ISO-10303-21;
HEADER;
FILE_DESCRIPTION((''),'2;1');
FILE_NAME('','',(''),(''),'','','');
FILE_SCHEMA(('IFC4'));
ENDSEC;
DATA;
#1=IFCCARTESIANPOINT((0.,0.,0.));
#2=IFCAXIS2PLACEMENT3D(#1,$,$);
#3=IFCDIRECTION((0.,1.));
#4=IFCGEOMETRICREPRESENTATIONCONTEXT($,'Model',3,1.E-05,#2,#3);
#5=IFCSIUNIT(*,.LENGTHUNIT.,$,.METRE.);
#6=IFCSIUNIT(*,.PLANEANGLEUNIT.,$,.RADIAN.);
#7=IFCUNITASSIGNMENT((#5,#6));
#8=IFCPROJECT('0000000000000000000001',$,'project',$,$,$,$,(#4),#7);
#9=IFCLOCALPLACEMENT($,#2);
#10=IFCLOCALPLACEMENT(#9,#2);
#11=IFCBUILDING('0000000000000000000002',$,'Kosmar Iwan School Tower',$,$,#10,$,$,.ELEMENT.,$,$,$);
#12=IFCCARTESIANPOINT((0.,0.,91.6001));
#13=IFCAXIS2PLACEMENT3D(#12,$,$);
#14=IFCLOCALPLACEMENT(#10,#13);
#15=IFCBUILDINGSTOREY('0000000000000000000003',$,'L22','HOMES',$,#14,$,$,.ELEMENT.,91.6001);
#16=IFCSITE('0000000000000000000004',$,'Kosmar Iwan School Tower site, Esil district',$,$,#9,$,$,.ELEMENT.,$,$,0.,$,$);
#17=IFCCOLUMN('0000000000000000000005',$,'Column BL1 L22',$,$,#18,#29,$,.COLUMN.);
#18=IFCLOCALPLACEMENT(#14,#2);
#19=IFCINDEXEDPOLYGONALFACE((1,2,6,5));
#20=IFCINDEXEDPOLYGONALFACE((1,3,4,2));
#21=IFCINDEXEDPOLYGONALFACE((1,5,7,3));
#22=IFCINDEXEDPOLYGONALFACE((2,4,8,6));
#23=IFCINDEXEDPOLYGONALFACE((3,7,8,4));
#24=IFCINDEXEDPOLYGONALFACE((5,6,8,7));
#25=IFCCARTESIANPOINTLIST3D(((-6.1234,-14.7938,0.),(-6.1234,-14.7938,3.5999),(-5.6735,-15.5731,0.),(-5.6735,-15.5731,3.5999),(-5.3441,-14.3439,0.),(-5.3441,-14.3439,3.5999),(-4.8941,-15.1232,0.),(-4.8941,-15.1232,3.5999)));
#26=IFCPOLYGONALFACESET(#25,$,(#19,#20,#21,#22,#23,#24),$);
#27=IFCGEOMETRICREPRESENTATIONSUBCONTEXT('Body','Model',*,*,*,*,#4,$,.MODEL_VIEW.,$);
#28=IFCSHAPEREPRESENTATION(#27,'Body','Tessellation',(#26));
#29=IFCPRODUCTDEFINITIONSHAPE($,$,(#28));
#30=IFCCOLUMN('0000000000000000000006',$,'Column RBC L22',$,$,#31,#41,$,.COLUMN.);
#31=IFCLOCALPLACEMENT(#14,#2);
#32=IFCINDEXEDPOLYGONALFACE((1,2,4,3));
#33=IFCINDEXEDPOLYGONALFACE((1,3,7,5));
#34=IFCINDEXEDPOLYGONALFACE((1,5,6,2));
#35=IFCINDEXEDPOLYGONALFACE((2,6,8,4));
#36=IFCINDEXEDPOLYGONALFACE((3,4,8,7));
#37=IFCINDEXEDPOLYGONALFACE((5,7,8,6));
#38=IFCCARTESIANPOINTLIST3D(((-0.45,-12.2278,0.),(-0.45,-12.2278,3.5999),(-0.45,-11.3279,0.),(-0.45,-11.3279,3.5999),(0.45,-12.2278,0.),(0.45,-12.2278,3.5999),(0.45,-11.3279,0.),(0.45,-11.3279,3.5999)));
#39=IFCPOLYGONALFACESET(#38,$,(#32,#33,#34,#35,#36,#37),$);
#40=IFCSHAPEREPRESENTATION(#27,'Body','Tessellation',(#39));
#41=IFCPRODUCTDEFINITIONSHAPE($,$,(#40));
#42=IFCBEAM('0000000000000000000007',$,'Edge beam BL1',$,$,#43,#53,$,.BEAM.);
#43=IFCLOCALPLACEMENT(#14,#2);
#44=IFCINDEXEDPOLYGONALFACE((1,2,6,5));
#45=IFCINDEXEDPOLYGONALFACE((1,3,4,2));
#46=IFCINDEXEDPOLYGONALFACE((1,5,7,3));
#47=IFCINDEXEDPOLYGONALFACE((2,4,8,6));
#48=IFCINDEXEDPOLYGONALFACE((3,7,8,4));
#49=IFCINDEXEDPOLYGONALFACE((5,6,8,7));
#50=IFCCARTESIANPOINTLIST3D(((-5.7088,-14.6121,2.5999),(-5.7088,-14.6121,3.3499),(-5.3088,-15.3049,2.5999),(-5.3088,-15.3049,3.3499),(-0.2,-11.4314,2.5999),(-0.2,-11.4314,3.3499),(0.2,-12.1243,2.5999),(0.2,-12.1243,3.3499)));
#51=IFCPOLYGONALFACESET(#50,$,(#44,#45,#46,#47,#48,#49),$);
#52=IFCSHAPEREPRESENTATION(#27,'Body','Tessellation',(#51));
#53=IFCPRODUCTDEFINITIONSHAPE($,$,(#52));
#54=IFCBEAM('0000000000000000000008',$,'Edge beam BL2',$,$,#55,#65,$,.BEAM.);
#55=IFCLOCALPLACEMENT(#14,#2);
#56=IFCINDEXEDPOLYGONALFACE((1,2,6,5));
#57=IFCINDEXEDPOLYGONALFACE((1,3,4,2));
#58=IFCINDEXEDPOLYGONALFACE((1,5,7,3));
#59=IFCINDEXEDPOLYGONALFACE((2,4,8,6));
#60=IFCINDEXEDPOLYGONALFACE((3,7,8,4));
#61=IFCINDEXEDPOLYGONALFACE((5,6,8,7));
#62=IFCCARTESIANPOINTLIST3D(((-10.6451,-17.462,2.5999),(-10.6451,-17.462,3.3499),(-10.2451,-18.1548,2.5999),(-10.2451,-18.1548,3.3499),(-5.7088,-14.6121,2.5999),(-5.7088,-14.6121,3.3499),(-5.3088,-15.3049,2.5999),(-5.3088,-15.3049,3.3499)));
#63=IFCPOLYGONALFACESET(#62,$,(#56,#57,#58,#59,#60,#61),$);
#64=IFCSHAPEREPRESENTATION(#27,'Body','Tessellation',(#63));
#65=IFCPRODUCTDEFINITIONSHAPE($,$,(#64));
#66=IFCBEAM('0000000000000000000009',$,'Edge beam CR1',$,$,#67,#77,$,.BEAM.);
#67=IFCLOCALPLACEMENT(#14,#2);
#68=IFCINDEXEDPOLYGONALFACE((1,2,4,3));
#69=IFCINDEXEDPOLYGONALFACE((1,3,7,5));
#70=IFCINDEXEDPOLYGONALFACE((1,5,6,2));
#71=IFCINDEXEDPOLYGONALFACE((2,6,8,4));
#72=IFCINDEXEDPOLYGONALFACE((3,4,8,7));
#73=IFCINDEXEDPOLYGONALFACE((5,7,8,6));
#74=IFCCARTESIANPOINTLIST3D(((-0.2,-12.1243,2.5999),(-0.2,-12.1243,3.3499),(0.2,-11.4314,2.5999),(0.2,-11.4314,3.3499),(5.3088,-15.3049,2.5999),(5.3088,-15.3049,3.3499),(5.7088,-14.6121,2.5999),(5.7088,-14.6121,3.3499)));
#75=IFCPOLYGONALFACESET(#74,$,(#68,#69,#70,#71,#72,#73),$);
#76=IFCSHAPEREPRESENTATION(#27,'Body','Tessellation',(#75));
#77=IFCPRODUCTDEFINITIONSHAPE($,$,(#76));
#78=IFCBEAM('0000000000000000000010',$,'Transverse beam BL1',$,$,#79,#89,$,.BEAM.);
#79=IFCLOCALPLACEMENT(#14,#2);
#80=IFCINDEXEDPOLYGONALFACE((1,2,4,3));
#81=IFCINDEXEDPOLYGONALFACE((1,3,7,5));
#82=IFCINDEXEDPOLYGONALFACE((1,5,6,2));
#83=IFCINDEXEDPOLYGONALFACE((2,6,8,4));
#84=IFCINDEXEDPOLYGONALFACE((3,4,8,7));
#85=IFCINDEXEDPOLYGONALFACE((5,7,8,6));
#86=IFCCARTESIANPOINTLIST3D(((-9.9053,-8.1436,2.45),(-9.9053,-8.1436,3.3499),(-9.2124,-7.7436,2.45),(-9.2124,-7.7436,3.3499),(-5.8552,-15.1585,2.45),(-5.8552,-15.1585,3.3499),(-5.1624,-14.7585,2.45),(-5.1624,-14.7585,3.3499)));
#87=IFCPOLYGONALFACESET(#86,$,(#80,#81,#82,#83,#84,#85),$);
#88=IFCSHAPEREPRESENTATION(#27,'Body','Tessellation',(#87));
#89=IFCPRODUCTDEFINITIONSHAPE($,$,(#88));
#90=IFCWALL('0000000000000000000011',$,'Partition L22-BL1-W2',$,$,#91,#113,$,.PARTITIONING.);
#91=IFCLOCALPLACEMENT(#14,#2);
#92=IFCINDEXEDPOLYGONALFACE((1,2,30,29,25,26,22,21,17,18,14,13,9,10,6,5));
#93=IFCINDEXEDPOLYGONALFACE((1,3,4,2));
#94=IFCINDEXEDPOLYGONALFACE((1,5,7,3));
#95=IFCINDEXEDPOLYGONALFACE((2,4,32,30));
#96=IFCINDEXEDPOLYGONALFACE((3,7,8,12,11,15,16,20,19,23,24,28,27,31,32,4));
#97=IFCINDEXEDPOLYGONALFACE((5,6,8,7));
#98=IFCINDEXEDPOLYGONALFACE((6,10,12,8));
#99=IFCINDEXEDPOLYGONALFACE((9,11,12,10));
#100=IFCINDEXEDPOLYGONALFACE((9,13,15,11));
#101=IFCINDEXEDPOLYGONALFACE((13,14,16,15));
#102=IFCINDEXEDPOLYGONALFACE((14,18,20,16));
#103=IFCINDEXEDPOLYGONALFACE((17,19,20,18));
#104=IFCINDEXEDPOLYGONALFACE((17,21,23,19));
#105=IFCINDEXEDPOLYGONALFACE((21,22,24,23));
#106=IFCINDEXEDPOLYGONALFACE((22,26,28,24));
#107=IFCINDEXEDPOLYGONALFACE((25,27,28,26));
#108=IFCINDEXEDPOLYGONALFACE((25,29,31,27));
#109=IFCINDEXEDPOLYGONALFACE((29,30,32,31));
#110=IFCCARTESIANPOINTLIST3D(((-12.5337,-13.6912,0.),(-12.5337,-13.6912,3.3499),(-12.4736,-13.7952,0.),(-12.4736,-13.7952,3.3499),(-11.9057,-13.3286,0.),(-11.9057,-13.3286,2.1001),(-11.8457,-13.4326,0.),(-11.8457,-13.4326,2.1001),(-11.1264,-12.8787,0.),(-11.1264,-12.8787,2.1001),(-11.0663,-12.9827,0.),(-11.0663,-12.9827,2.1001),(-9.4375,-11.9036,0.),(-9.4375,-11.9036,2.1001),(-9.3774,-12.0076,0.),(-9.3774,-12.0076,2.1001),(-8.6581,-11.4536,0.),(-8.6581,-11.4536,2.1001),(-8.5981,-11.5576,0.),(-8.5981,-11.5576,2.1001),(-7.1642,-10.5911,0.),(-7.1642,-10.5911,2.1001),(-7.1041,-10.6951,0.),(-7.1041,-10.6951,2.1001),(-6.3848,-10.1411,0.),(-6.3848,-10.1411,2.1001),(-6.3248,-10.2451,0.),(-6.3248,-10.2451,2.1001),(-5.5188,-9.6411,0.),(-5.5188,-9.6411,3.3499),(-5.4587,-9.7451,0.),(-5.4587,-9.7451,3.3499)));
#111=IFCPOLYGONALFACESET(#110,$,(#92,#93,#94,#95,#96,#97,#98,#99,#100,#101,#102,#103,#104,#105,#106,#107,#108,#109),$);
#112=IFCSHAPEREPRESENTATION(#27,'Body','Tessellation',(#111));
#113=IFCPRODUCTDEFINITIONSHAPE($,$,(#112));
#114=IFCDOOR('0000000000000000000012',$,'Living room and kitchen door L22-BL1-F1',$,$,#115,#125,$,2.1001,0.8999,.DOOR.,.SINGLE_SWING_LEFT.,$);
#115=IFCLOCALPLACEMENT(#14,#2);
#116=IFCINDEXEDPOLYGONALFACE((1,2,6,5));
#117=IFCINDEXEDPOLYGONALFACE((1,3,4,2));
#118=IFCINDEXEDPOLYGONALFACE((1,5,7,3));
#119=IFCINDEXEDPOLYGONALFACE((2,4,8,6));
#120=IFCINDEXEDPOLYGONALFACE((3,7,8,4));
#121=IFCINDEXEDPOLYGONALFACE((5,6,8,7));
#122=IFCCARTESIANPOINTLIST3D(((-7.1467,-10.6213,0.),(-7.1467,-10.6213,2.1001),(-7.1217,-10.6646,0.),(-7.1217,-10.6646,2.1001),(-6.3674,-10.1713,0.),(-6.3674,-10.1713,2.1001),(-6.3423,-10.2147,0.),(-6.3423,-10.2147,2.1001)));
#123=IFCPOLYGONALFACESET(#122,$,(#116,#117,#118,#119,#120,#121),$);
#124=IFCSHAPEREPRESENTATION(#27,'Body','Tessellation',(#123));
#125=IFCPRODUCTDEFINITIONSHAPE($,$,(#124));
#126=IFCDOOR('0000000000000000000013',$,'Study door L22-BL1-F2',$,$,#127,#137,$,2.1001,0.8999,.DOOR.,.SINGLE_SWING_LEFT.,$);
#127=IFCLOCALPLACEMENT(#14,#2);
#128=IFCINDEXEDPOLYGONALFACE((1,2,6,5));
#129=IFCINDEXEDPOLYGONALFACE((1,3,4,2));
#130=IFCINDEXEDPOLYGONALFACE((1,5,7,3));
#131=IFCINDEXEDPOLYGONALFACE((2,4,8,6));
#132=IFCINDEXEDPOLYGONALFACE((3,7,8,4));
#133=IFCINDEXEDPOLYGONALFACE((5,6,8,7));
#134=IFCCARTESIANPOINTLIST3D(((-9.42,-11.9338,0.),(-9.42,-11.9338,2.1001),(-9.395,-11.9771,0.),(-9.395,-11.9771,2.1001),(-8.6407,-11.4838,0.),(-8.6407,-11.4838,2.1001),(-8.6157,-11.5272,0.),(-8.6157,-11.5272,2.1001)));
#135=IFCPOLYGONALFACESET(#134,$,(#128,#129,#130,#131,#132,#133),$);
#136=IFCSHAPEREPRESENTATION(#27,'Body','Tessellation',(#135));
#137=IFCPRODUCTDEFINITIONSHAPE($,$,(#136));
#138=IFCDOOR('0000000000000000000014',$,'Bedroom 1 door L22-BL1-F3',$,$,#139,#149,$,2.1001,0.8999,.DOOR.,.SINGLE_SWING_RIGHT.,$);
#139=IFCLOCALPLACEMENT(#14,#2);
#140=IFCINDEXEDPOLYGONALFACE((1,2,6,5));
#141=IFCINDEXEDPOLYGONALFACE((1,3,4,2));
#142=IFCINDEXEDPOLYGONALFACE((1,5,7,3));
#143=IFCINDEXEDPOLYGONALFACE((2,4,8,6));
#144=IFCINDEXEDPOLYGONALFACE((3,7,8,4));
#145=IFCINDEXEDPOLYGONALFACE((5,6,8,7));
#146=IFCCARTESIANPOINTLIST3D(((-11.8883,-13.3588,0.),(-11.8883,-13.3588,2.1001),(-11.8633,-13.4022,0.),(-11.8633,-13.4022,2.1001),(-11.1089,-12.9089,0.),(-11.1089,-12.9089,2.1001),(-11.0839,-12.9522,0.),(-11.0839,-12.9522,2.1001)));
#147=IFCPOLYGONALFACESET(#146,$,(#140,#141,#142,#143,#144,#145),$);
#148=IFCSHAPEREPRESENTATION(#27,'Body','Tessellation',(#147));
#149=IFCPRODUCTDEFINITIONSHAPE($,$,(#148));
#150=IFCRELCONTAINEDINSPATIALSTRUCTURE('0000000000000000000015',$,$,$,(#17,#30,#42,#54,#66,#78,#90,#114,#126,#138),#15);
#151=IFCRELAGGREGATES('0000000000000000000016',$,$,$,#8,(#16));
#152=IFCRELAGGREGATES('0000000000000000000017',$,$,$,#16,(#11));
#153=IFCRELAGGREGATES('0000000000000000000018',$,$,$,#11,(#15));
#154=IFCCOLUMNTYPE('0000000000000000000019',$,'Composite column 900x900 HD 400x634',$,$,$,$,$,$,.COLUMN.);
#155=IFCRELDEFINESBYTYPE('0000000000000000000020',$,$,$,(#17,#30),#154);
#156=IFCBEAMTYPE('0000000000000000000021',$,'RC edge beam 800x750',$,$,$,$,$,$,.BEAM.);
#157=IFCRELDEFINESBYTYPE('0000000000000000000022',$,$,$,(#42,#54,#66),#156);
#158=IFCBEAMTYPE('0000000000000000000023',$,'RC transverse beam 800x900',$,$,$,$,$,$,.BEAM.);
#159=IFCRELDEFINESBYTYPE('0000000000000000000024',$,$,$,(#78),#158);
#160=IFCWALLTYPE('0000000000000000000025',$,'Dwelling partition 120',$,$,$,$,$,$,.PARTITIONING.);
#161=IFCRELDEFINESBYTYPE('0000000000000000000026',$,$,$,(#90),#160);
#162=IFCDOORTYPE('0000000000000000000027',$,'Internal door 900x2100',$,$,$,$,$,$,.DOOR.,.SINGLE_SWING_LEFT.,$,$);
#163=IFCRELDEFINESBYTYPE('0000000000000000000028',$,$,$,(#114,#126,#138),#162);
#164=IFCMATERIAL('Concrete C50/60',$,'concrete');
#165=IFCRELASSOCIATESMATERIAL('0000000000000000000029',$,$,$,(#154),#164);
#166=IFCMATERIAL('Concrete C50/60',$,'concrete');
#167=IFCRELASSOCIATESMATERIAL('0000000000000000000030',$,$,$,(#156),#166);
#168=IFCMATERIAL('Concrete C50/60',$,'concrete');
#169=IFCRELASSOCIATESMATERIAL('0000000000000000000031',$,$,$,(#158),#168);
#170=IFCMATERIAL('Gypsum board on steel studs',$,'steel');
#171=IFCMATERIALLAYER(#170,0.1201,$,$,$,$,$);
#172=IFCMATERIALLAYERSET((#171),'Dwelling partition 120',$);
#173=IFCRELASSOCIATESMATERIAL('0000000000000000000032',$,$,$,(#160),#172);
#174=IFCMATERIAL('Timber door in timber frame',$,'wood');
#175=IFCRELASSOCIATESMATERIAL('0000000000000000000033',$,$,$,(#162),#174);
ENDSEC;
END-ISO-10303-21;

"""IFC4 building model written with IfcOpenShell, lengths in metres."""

from ifc_helpers import new_model, si_unit, direction, frame, frame_2d, origin, origin_2d, place, context, subcontext, project, spatial, rectangle, extrude, material, layer, layer_set, material_profile, profile_set, type_object, element, fill, save


model = new_model("IFC4")

# Units and contexts
model_context = context("Model", 3, precision=1e-05, world=origin(), true_north=direction((0.0, 1.0)))
body_context = subcontext(model_context, "Body", "Model", "MODEL_VIEW")
ifc_project = project(units=[si_unit("LENGTHUNIT", "METRE"), si_unit("PLANEANGLEUNIT", "RADIAN")], contexts=[model_context])

# Site, building, storey
site_placement = place(None, origin())
site = spatial("IfcSite", under=ifc_project, at=site_placement, Name="Kosmar Iwan School Tower site, Esil district", CompositionType="ELEMENT", RefElevation=0.0)
building_placement = place(site_placement, origin())
building = spatial("IfcBuilding", under=site, at=building_placement, Name="Kosmar Iwan School Tower", CompositionType="ELEMENT")
storey_placement = place(building_placement, frame((0.0, 0.0, 91.6001)))
storey = spatial("IfcBuildingStorey", under=building, at=storey_placement, Name="L22", Description="HOMES", CompositionType="ELEMENT", Elevation=91.6001)

# Columns
ifc_material_1 = material(Name="Concrete C50/60", Category="concrete")
ifc_material_profile_1 = material_profile(ifc_material_1, rectangle(XDim=0.8999, YDim=0.8999, at=origin_2d()), Name="RC 900x900 + HD 400x634")
ifc_profile_set_1 = profile_set([ifc_material_profile_1], Name="Concrete C50/60")
column_type = type_object("IfcColumnType", Name="Composite column 900x900 HD 400x634", PredefinedType="COLUMN", material=ifc_profile_set_1)
for number, where, z_axis, x_axis, name in (
    (1, (-5.5088, -14.9585, 0.0), (0.0, 0.0, 1.0), (-0.866025, -0.5, 0.0), "Column BL1 L22"),
    (2, (0.0, -11.7778, 0.0), (0.0, 0.0, 1.0), (1.0, 0.0, 0.0), "Column RBC L22"),
):
    element("IfcColumn", number, at=place(storey_placement, frame(where, z_axis=z_axis, x_axis=x_axis)), inside=storey, type_object=column_type, Name=name, PredefinedType="COLUMN", context=body_context, shape_type="SweptSolid", body=[
        extrude(rectangle(XDim=0.8999, YDim=0.8999, at=origin_2d()), origin(), (0.0, 0.0, 1.0), 3.5999),
    ])

# Beams
ifc_material_2 = material(Name="Concrete C50/60", Category="concrete")
ifc_material_profile_2 = material_profile(ifc_material_2, rectangle(XDim=0.8, YDim=0.75, at=origin_2d()), Name="RC 800x750")
ifc_profile_set_2 = profile_set([ifc_material_profile_2], Name="Concrete C50/60")
beam_type_1 = type_object("IfcBeamType", Name="RC edge beam 800x750", PredefinedType="BEAM", material=ifc_profile_set_2)
beam_1_placement = place(storey_placement, frame((0.0, -11.7778, 2.9749), z_axis=(-0.866014, -0.500019, 0.0), x_axis=(0.500019, -0.866014, 0.0)))
element("IfcBeam", 3, at=beam_1_placement, inside=storey, type_object=beam_type_1, Name="Edge beam BL1", PredefinedType="BEAM", context=body_context, shape_type="SweptSolid", body=[
    extrude(rectangle(XDim=0.8, YDim=0.75, at=origin_2d()), origin(), (0.0, 0.0, 1.0), 6.3611),
])
beam_2_placement = place(storey_placement, frame((-5.5088, -14.9585, 2.9749), z_axis=(-0.866034, -0.499986, 0.0), x_axis=(0.499986, -0.866034, 0.0)))
element("IfcBeam", 4, at=beam_2_placement, inside=storey, type_object=beam_type_1, Name="Edge beam BL2", PredefinedType="BEAM", context=body_context, shape_type="SweptSolid", body=[
    extrude(rectangle(XDim=0.8, YDim=0.75, at=origin_2d()), origin(), (0.0, 0.0, 1.0), 5.7),
])
beam_3_placement = place(storey_placement, frame((0.0, -11.7778, 2.9749), z_axis=(0.866014, -0.500019, 0.0), x_axis=(0.500019, 0.866014, 0.0)))
element("IfcBeam", 5, at=beam_3_placement, inside=storey, type_object=beam_type_1, Name="Edge beam CR1", PredefinedType="BEAM", context=body_context, shape_type="SweptSolid", body=[
    extrude(rectangle(XDim=0.8, YDim=0.75, at=origin_2d()), origin(), (0.0, 0.0, 1.0), 6.3611),
])
ifc_material_3 = material(Name="Concrete C50/60", Category="concrete")
ifc_material_profile_3 = material_profile(ifc_material_3, rectangle(XDim=0.8, YDim=0.8999, at=origin_2d()), Name="RC 800x900")
ifc_profile_set_3 = profile_set([ifc_material_profile_3], Name="Concrete C50/60")
beam_type_2 = type_object("IfcBeamType", Name="RC transverse beam 800x900", PredefinedType="BEAM", material=ifc_profile_set_3)
beam_4_placement = place(storey_placement, frame((-5.5088, -14.9585, 2.8999), z_axis=(-0.5, 0.866025, 0.0), x_axis=(-0.866025, -0.5, 0.0)))
element("IfcBeam", 6, at=beam_4_placement, inside=storey, type_object=beam_type_2, Name="Transverse beam BL1", PredefinedType="BEAM", context=body_context, shape_type="SweptSolid", body=[
    extrude(rectangle(XDim=0.8, YDim=0.8999, at=origin_2d()), origin(), (0.0, 0.0, 1.0), 8.1001),
])

# Wall, openings, doors
ifc_material_4 = material(Name="Gypsum board on steel studs", Category="steel")
ifc_layer_1 = layer(ifc_material_4, 0.1201)
ifc_layer_set_1 = layer_set([ifc_layer_1], Name="Dwelling partition 120")
wall_type_1 = type_object("IfcWallType", Name="Dwelling partition 120", PredefinedType="PARTITIONING", material=ifc_layer_set_1)
wall_1_placement = place(storey_placement, frame((-5.4888, -9.6931, 0.0), z_axis=(0.0, 0.0, 1.0), x_axis=(-0.866025, -0.5, 0.0)))
wall_1 = element("IfcWall", 7, at=wall_1_placement, inside=storey, type_object=wall_type_1, Name="Partition L22-BL1-W2", PredefinedType="PARTITIONING", context=body_context, shape_type="SweptSolid", body=[
    extrude(rectangle(XDim=8.1001, YDim=0.1201, at=frame_2d((4.05, 0.0))), origin(), (0.0, 0.0, 1.0), 3.3499),
])
opening_1_placement = place(wall_1_placement, frame((1.0, 0.0, 0.0)))
opening_1 = element("IfcOpeningElement", 8, at=opening_1_placement, cuts=wall_1, PredefinedType="OPENING", context=body_context, shape_type="SweptSolid", body=[
    extrude(rectangle(XDim=0.8999, YDim=2.1001, at=frame_2d((0.45, 1.05))), frame((0.0, 0.072, 0.0), z_axis=(0.0, -1.0, 0.0), x_axis=(1.0, 0.0, 0.0)), (0.0, 0.0, 1.0), 0.144),
])
opening_2_placement = place(wall_1_placement, frame((3.625, 0.0, 0.0)))
opening_2 = element("IfcOpeningElement", 9, at=opening_2_placement, cuts=wall_1, PredefinedType="OPENING", context=body_context, shape_type="SweptSolid", body=[
    extrude(rectangle(XDim=0.8999, YDim=2.1001, at=frame_2d((0.45, 1.05))), frame((0.0, 0.072, 0.0), z_axis=(0.0, -1.0, 0.0), x_axis=(1.0, 0.0, 0.0)), (0.0, 0.0, 1.0), 0.144),
])
opening_3_placement = place(wall_1_placement, frame((6.4751, 0.0, 0.0)))
opening_3 = element("IfcOpeningElement", 10, at=opening_3_placement, cuts=wall_1, PredefinedType="OPENING", context=body_context, shape_type="SweptSolid", body=[
    extrude(rectangle(XDim=0.8999, YDim=2.1001, at=frame_2d((0.45, 1.05))), frame((0.0, 0.072, 0.0), z_axis=(0.0, -1.0, 0.0), x_axis=(1.0, 0.0, 0.0)), (0.0, 0.0, 1.0), 0.144),
])
ifc_material_5 = material(Name="Timber door in timber frame", Category="wood")
door_type_1 = type_object("IfcDoorType", Name="Internal door 900x2100", OperationType="SINGLE_SWING_LEFT", PredefinedType="DOOR", material=ifc_material_5)
door_1_placement = place(opening_1_placement, origin())
door_1 = element("IfcDoor", 11, at=door_1_placement, inside=storey, type_object=door_type_1, Name="Living room and kitchen door L22-BL1-F1", OperationType="SINGLE_SWING_LEFT", OverallHeight=2.1001, OverallWidth=0.8999, PredefinedType="DOOR", context=body_context, shape_type="SweptSolid", body=[
    extrude(rectangle(XDim=0.8999, YDim=2.1001, at=frame_2d((0.45, 1.05))), frame((0.0, 0.0249, 0.0), z_axis=(0.0, -1.0, 0.0), x_axis=(1.0, 0.0, 0.0)), (0.0, 0.0, 1.0), 0.05),
])
fill(opening_1, door_1)
door_2_placement = place(opening_2_placement, origin())
door_2 = element("IfcDoor", 12, at=door_2_placement, inside=storey, type_object=door_type_1, Name="Study door L22-BL1-F2", OperationType="SINGLE_SWING_LEFT", OverallHeight=2.1001, OverallWidth=0.8999, PredefinedType="DOOR", context=body_context, shape_type="SweptSolid", body=[
    extrude(rectangle(XDim=0.8999, YDim=2.1001, at=frame_2d((0.45, 1.05))), frame((0.0, 0.0249, 0.0), z_axis=(0.0, -1.0, 0.0), x_axis=(1.0, 0.0, 0.0)), (0.0, 0.0, 1.0), 0.05),
])
fill(opening_2, door_2)
door_3_placement = place(opening_3_placement, origin())
door_3 = element("IfcDoor", 13, at=door_3_placement, inside=storey, type_object=door_type_1, Name="Bedroom 1 door L22-BL1-F3", OperationType="SINGLE_SWING_RIGHT", OverallHeight=2.1001, OverallWidth=0.8999, PredefinedType="DOOR", context=body_context, shape_type="SweptSolid", body=[
    extrude(rectangle(XDim=0.8999, YDim=2.1001, at=frame_2d((0.45, 1.05))), frame((0.0, 0.0249, 0.0), z_axis=(0.0, -1.0, 0.0), x_axis=(1.0, 0.0, 0.0)), (0.0, 0.0, 1.0), 0.05),
])
fill(opening_3, door_3)

save(model, "model.ifc")
